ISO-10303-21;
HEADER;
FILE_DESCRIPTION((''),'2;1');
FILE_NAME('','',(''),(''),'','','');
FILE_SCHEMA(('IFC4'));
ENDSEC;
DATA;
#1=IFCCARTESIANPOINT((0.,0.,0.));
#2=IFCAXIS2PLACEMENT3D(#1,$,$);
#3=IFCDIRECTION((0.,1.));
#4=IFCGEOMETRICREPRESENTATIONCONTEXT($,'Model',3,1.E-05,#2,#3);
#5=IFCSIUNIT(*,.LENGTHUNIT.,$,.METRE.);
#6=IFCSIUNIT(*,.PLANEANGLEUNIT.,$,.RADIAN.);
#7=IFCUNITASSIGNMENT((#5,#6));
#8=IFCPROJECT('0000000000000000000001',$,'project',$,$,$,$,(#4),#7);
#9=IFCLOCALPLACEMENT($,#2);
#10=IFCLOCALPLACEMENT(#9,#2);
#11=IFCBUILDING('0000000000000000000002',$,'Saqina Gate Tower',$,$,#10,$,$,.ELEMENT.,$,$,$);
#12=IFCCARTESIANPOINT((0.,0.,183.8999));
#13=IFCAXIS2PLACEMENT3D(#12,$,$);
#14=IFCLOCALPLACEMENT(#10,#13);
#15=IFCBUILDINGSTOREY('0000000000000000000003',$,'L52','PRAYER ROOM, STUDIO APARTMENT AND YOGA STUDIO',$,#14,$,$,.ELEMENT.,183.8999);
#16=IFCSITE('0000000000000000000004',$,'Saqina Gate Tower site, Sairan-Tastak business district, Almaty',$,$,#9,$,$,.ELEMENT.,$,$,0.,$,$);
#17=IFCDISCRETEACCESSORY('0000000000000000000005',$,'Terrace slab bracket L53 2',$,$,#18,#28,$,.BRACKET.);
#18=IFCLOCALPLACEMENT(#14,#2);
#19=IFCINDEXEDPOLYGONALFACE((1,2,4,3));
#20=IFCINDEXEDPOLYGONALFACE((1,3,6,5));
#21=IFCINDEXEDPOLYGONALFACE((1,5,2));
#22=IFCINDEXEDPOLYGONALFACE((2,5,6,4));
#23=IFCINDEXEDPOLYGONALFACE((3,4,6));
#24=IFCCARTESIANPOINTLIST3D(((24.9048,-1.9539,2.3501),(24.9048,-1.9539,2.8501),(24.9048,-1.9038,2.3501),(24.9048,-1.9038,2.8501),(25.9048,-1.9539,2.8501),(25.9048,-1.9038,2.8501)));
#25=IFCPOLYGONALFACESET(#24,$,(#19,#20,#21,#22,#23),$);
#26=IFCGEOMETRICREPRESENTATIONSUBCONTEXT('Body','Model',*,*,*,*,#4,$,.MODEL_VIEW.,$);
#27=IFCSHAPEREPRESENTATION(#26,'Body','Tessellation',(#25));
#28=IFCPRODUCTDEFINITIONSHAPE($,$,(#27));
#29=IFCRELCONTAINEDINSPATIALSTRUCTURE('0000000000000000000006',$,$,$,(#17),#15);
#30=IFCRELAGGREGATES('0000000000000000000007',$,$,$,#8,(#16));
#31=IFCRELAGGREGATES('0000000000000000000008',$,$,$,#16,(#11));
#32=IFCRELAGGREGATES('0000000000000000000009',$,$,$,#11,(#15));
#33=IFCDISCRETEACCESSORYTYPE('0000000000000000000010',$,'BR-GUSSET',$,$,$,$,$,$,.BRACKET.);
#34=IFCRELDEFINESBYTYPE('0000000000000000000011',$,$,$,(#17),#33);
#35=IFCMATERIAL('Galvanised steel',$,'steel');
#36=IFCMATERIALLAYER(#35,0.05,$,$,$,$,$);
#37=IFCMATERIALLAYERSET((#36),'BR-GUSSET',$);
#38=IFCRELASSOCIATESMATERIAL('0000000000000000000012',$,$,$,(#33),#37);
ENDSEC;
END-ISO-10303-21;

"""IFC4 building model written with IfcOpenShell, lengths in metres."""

from ifc_helpers import new_model, si_unit, direction, frame, origin, place, context, subcontext, project, spatial, polyline, outline, extrude, material, layer, layer_set, type_object, element, save


model = new_model("IFC4")

# Units and contexts
model_context = context("Model", 3, precision=1e-05, world=origin(), true_north=direction((0.0, 1.0)))
body_context = subcontext(model_context, "Body", "Model", "MODEL_VIEW")
ifc_project = project(units=[si_unit("LENGTHUNIT", "METRE"), si_unit("PLANEANGLEUNIT", "RADIAN")], contexts=[model_context])

# Site, building, storey
site_placement = place(None, origin())
site = spatial("IfcSite", under=ifc_project, at=site_placement, Name="Saqina Gate Tower site, Sairan-Tastak business district, Almaty", CompositionType="ELEMENT", RefElevation=0.0)
building_placement = place(site_placement, origin())
building = spatial("IfcBuilding", under=site, at=building_placement, Name="Saqina Gate Tower", CompositionType="ELEMENT")
storey_placement = place(building_placement, frame((0.0, 0.0, 183.8999)))
storey = spatial("IfcBuildingStorey", under=building, at=storey_placement, Name="L52", Description="PRAYER ROOM, STUDIO APARTMENT AND YOGA STUDIO", CompositionType="ELEMENT", Elevation=183.8999)

# Discrete accessory
ifc_material_1 = material(Name="Galvanised steel", Category="steel")
ifc_layer_1 = layer(ifc_material_1, 0.05)
ifc_layer_set_1 = layer_set([ifc_layer_1], Name="BR-GUSSET")
discrete_accessory_type = type_object("IfcDiscreteAccessoryType", Name="BR-GUSSET", PredefinedType="BRACKET", material=ifc_layer_set_1)
discrete_accessory_1_placement = place(storey_placement, frame((24.9048, -1.9038, 2.3501), z_axis=(0.0, 1.0, 0.0), x_axis=(0.0, 0.0, 1.0)))
element("IfcDiscreteAccessory", 1, at=discrete_accessory_1_placement, inside=storey, type_object=discrete_accessory_type, Name="Terrace slab bracket L53 2", PredefinedType="BRACKET", context=body_context, shape_type="SweptSolid", body=[
    extrude(outline(polyline([(0.0, 0.0), (0.5, 0.0), (0.5, 1.0), (0.0, 0.0)])), origin(), (0.0, 0.0, -1.0), 0.05),
])

save(model, "model.ifc")
